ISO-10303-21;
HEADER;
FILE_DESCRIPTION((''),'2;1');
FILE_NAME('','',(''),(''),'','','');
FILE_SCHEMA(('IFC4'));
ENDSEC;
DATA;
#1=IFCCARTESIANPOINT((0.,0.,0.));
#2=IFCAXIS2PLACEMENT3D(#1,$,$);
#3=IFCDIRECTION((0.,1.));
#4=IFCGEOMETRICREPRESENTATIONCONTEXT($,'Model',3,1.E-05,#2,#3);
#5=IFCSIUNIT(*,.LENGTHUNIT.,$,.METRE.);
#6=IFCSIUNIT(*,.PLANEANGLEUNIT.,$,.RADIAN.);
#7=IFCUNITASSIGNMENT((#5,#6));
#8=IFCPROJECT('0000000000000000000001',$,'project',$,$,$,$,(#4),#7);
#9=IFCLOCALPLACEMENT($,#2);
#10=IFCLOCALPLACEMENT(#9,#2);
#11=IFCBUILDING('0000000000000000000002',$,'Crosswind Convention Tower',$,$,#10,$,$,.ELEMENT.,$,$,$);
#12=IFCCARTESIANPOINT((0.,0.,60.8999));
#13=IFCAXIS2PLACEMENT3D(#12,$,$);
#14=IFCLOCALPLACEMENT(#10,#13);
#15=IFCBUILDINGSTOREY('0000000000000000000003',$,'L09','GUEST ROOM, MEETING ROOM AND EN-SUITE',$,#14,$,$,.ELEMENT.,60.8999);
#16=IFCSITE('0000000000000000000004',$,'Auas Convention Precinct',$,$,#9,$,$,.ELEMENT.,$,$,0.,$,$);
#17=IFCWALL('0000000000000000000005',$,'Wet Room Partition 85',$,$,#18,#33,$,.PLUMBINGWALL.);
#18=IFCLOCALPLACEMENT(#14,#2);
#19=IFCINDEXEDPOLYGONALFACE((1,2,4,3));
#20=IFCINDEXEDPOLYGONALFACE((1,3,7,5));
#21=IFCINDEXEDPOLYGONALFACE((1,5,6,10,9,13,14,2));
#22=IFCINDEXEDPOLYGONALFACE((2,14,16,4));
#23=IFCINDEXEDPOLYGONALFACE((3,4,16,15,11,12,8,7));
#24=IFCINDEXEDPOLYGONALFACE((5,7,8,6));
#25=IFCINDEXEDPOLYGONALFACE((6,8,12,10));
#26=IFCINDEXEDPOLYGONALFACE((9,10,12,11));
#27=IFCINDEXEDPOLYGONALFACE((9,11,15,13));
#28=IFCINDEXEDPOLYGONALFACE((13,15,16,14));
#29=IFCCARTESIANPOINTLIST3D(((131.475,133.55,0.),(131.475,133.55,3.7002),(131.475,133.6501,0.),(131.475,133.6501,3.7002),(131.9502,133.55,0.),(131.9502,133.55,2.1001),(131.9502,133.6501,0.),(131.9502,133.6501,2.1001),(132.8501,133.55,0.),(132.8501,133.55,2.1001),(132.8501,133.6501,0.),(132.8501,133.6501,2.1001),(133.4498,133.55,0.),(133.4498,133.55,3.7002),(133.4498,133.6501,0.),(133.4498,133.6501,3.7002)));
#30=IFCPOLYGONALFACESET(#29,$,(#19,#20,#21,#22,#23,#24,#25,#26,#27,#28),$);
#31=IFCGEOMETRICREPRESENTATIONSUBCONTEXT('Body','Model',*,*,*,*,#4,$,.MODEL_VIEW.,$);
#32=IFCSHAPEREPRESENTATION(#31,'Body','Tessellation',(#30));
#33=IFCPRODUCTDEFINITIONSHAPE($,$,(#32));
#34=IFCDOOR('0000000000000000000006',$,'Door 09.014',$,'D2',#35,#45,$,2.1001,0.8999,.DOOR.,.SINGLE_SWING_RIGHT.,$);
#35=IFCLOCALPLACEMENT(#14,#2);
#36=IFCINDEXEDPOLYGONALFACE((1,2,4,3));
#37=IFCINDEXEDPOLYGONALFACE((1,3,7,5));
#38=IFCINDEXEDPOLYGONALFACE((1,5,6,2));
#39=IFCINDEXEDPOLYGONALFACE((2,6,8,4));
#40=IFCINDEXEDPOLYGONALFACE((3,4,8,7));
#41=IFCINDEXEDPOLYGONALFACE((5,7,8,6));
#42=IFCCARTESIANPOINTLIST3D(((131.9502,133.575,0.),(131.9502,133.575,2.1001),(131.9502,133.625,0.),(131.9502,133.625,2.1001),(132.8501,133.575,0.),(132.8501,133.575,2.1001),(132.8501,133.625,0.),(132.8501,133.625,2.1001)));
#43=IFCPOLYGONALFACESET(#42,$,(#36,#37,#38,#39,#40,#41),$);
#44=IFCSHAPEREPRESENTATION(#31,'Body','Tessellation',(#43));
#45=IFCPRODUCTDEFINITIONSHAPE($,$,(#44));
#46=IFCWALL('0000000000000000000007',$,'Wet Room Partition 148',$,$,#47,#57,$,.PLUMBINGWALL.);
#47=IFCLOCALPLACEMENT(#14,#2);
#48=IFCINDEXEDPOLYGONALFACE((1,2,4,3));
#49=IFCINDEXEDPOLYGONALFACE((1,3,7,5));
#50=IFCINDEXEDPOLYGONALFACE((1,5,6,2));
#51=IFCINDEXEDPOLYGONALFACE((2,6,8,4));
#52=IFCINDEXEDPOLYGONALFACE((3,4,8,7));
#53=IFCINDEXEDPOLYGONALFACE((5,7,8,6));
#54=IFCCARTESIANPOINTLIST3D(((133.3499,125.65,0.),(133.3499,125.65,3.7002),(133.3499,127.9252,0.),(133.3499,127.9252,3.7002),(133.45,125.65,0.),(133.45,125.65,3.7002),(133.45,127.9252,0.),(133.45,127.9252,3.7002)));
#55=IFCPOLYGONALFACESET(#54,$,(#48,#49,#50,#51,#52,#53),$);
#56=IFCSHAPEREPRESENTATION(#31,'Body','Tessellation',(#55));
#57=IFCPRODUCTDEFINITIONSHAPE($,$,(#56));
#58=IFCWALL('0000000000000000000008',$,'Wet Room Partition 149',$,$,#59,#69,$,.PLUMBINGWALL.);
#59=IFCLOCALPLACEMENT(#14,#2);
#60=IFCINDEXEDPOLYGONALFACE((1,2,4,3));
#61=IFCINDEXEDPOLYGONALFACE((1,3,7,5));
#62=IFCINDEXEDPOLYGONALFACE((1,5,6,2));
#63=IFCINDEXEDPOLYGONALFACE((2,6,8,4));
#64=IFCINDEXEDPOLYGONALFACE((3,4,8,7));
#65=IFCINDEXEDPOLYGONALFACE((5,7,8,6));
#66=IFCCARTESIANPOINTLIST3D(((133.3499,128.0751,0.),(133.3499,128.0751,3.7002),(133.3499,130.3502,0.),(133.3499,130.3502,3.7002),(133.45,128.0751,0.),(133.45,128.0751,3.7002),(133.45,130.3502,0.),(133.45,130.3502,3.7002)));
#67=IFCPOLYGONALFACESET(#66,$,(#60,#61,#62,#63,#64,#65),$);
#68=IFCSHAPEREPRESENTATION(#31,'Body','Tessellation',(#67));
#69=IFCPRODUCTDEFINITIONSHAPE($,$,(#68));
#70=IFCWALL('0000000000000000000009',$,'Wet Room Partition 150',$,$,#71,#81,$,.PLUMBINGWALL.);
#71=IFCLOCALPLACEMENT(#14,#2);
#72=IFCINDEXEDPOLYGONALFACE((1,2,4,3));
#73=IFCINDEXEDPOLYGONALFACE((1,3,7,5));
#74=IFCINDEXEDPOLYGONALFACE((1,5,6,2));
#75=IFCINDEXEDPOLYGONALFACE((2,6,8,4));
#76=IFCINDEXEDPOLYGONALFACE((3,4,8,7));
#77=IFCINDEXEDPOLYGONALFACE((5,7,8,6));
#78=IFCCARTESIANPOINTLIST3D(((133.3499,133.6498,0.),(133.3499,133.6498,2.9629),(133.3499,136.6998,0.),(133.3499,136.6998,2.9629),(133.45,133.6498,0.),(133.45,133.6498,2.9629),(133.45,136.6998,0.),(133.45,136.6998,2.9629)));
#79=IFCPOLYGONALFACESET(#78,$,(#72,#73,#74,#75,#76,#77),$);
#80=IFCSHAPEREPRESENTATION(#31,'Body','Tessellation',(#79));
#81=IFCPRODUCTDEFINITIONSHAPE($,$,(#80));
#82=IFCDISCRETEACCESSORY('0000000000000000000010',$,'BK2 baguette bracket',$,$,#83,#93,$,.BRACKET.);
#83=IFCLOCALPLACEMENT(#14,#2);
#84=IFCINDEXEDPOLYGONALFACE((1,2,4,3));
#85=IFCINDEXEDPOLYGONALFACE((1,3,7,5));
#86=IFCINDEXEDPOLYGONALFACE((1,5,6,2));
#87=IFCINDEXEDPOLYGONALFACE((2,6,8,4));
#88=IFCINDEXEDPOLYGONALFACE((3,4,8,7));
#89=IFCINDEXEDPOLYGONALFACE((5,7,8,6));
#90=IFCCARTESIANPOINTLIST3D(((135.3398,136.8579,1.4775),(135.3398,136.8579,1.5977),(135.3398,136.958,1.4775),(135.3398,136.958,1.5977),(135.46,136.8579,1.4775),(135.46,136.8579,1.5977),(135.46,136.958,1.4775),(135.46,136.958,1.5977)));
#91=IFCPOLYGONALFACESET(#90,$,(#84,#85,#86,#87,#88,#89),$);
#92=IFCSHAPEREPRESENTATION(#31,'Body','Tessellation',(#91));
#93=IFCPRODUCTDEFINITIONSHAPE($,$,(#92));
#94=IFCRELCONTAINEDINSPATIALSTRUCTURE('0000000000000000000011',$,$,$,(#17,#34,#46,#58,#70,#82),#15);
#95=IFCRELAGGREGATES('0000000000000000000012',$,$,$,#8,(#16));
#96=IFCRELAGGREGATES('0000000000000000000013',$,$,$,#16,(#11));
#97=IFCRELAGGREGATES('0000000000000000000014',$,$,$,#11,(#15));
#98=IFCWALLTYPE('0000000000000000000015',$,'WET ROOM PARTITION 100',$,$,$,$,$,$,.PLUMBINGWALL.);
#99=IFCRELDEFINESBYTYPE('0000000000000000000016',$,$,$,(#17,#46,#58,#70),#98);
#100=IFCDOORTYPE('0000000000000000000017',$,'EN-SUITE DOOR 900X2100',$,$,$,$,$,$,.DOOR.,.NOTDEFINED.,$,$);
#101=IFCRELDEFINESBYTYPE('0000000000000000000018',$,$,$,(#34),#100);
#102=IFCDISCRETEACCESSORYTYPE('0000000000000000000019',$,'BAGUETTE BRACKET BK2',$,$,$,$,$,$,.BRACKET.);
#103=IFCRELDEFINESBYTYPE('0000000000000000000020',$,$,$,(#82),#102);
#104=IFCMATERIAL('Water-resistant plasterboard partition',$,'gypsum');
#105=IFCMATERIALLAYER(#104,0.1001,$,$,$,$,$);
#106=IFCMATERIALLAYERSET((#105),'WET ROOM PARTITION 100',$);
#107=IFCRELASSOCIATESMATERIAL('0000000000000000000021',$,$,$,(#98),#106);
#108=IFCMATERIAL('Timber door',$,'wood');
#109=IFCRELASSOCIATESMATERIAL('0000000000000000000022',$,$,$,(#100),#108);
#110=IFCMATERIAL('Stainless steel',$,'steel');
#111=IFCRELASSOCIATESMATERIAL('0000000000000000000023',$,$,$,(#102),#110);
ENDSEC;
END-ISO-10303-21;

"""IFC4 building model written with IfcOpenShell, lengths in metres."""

from ifc_helpers import new_model, si_unit, direction, frame, frame_2d, origin, origin_2d, place, context, subcontext, project, spatial, rectangle, extrude, material, layer, layer_set, type_object, element, fill, save


model = new_model("IFC4")

# Units and contexts
model_context = context("Model", 3, precision=1e-05, world=origin(), true_north=direction((0.0, 1.0)))
body_context = subcontext(model_context, "Body", "Model", "MODEL_VIEW")
ifc_project = project(units=[si_unit("LENGTHUNIT", "METRE"), si_unit("PLANEANGLEUNIT", "RADIAN")], contexts=[model_context])

# Site, building, storey
site_placement = place(None, origin())
site = spatial("IfcSite", under=ifc_project, at=site_placement, Name="Auas Convention Precinct", CompositionType="ELEMENT", RefElevation=0.0)
building_placement = place(site_placement, origin())
building = spatial("IfcBuilding", under=site, at=building_placement, Name="Crosswind Convention Tower", CompositionType="ELEMENT")
storey_placement = place(building_placement, frame((0.0, 0.0, 60.8999)))
storey = spatial("IfcBuildingStorey", under=building, at=storey_placement, Name="L09", Description="GUEST ROOM, MEETING ROOM AND EN-SUITE", CompositionType="ELEMENT", Elevation=60.8999)

# Wall, opening, door
ifc_material_1 = material(Name="Water-resistant plasterboard partition", Category="gypsum")
ifc_layer_1 = layer(ifc_material_1, 0.1001)
ifc_layer_set_1 = layer_set([ifc_layer_1], Name="WET ROOM PARTITION 100")
wall_type_1 = type_object("IfcWallType", Name="WET ROOM PARTITION 100", PredefinedType="PLUMBINGWALL", material=ifc_layer_set_1)
ifc_material_2 = material(Name="Timber door", Category="wood")
door_type = type_object("IfcDoorType", Name="EN-SUITE DOOR 900X2100", OperationType="NOTDEFINED", PredefinedType="DOOR", material=ifc_material_2)
wall_1_placement = place(storey_placement, frame((131.4751, 133.6001, 0.0), z_axis=(0.0, 0.0, 1.0), x_axis=(1.0, 0.0, 0.0)))
wall_1 = element("IfcWall", 1, at=wall_1_placement, inside=storey, type_object=wall_type_1, Name="Wet Room Partition 85", PredefinedType="PLUMBINGWALL", context=body_context, shape_type="SweptSolid", body=[
    extrude(rectangle(XDim=1.9749, YDim=0.1001, at=frame_2d((0.9873, 0.0))), origin(), (0.0, 0.0, 1.0), 3.7002),
])
opening_1_placement = place(wall_1_placement, frame((0.4751, 0.0, 0.0)))
opening_1 = element("IfcOpeningElement", 2, at=opening_1_placement, cuts=wall_1, PredefinedType="OPENING", context=body_context, shape_type="SweptSolid", body=[
    extrude(rectangle(XDim=0.8999, YDim=2.1001, at=frame_2d((0.45, 1.05))), frame((0.0, 0.0601, 0.0), z_axis=(0.0, -1.0, 0.0), x_axis=(1.0, 0.0, 0.0)), (0.0, 0.0, 1.0), 0.1201),
])
door_1_placement = place(opening_1_placement, origin())
door_1 = element("IfcDoor", 3, at=door_1_placement, inside=storey, type_object=door_type, Name="Door 09.014", ObjectType="D2", OperationType="SINGLE_SWING_RIGHT", OverallHeight=2.1001, OverallWidth=0.8999, PredefinedType="DOOR", context=body_context, shape_type="SweptSolid", body=[
    extrude(rectangle(XDim=0.8999, YDim=2.1001, at=frame_2d((0.45, 1.05))), frame((0.0, 0.0249, 0.0), z_axis=(0.0, -1.0, 0.0), x_axis=(1.0, 0.0, 0.0)), (0.0, 0.0, 1.0), 0.05),
])
fill(opening_1, door_1)

# Walls
for number, where, z_axis, x_axis, name in (
    (4, (133.3999, 125.6499, 0.0), (0.0, 0.0, 1.0), (0.0, 1.0, 0.0), "Wet Room Partition 148"),
    (5, (133.3999, 128.075, 0.0), (0.0, 0.0, 1.0), (0.0, 1.0, 0.0), "Wet Room Partition 149"),
):
    element("IfcWall", number, at=place(storey_placement, frame(where, z_axis=z_axis, x_axis=x_axis)), inside=storey, type_object=wall_type_1, Name=name, PredefinedType="PLUMBINGWALL", context=body_context, shape_type="SweptSolid", body=[
        extrude(rectangle(XDim=2.2751, YDim=0.1001, at=frame_2d((1.1377, 0.0))), origin(), (0.0, 0.0, 1.0), 3.7002),
    ])
wall_2_placement = place(storey_placement, frame((133.3999, 133.6499, 0.0), z_axis=(0.0, 0.0, 1.0), x_axis=(0.0, 1.0, 0.0)))
element("IfcWall", 6, at=wall_2_placement, inside=storey, type_object=wall_type_1, Name="Wet Room Partition 150", PredefinedType="PLUMBINGWALL", context=body_context, shape_type="SweptSolid", body=[
    extrude(rectangle(XDim=3.05, YDim=0.1001, at=frame_2d((1.5249, 0.0))), origin(), (0.0, 0.0, 1.0), 2.9629),
])

# Discrete accessory
ifc_material_3 = material(Name="Stainless steel", Category="steel")
discrete_accessory_type = type_object("IfcDiscreteAccessoryType", Name="BAGUETTE BRACKET BK2", PredefinedType="BRACKET", material=ifc_material_3)
discrete_accessory_placement = place(storey_placement, frame((135.3999, 136.908, 1.4775), z_axis=(0.0, 0.0, 1.0), x_axis=(-1.0, 0.0, 0.0)))
element("IfcDiscreteAccessory", 7, at=discrete_accessory_placement, inside=storey, type_object=discrete_accessory_type, Name="BK2 baguette bracket", PredefinedType="BRACKET", context=body_context, shape_type="SweptSolid", body=[
    extrude(rectangle(XDim=0.1201, YDim=0.1001, at=origin_2d()), origin(), (0.0, 0.0, 1.0), 0.1201),
])

save(model, "model.ifc")
